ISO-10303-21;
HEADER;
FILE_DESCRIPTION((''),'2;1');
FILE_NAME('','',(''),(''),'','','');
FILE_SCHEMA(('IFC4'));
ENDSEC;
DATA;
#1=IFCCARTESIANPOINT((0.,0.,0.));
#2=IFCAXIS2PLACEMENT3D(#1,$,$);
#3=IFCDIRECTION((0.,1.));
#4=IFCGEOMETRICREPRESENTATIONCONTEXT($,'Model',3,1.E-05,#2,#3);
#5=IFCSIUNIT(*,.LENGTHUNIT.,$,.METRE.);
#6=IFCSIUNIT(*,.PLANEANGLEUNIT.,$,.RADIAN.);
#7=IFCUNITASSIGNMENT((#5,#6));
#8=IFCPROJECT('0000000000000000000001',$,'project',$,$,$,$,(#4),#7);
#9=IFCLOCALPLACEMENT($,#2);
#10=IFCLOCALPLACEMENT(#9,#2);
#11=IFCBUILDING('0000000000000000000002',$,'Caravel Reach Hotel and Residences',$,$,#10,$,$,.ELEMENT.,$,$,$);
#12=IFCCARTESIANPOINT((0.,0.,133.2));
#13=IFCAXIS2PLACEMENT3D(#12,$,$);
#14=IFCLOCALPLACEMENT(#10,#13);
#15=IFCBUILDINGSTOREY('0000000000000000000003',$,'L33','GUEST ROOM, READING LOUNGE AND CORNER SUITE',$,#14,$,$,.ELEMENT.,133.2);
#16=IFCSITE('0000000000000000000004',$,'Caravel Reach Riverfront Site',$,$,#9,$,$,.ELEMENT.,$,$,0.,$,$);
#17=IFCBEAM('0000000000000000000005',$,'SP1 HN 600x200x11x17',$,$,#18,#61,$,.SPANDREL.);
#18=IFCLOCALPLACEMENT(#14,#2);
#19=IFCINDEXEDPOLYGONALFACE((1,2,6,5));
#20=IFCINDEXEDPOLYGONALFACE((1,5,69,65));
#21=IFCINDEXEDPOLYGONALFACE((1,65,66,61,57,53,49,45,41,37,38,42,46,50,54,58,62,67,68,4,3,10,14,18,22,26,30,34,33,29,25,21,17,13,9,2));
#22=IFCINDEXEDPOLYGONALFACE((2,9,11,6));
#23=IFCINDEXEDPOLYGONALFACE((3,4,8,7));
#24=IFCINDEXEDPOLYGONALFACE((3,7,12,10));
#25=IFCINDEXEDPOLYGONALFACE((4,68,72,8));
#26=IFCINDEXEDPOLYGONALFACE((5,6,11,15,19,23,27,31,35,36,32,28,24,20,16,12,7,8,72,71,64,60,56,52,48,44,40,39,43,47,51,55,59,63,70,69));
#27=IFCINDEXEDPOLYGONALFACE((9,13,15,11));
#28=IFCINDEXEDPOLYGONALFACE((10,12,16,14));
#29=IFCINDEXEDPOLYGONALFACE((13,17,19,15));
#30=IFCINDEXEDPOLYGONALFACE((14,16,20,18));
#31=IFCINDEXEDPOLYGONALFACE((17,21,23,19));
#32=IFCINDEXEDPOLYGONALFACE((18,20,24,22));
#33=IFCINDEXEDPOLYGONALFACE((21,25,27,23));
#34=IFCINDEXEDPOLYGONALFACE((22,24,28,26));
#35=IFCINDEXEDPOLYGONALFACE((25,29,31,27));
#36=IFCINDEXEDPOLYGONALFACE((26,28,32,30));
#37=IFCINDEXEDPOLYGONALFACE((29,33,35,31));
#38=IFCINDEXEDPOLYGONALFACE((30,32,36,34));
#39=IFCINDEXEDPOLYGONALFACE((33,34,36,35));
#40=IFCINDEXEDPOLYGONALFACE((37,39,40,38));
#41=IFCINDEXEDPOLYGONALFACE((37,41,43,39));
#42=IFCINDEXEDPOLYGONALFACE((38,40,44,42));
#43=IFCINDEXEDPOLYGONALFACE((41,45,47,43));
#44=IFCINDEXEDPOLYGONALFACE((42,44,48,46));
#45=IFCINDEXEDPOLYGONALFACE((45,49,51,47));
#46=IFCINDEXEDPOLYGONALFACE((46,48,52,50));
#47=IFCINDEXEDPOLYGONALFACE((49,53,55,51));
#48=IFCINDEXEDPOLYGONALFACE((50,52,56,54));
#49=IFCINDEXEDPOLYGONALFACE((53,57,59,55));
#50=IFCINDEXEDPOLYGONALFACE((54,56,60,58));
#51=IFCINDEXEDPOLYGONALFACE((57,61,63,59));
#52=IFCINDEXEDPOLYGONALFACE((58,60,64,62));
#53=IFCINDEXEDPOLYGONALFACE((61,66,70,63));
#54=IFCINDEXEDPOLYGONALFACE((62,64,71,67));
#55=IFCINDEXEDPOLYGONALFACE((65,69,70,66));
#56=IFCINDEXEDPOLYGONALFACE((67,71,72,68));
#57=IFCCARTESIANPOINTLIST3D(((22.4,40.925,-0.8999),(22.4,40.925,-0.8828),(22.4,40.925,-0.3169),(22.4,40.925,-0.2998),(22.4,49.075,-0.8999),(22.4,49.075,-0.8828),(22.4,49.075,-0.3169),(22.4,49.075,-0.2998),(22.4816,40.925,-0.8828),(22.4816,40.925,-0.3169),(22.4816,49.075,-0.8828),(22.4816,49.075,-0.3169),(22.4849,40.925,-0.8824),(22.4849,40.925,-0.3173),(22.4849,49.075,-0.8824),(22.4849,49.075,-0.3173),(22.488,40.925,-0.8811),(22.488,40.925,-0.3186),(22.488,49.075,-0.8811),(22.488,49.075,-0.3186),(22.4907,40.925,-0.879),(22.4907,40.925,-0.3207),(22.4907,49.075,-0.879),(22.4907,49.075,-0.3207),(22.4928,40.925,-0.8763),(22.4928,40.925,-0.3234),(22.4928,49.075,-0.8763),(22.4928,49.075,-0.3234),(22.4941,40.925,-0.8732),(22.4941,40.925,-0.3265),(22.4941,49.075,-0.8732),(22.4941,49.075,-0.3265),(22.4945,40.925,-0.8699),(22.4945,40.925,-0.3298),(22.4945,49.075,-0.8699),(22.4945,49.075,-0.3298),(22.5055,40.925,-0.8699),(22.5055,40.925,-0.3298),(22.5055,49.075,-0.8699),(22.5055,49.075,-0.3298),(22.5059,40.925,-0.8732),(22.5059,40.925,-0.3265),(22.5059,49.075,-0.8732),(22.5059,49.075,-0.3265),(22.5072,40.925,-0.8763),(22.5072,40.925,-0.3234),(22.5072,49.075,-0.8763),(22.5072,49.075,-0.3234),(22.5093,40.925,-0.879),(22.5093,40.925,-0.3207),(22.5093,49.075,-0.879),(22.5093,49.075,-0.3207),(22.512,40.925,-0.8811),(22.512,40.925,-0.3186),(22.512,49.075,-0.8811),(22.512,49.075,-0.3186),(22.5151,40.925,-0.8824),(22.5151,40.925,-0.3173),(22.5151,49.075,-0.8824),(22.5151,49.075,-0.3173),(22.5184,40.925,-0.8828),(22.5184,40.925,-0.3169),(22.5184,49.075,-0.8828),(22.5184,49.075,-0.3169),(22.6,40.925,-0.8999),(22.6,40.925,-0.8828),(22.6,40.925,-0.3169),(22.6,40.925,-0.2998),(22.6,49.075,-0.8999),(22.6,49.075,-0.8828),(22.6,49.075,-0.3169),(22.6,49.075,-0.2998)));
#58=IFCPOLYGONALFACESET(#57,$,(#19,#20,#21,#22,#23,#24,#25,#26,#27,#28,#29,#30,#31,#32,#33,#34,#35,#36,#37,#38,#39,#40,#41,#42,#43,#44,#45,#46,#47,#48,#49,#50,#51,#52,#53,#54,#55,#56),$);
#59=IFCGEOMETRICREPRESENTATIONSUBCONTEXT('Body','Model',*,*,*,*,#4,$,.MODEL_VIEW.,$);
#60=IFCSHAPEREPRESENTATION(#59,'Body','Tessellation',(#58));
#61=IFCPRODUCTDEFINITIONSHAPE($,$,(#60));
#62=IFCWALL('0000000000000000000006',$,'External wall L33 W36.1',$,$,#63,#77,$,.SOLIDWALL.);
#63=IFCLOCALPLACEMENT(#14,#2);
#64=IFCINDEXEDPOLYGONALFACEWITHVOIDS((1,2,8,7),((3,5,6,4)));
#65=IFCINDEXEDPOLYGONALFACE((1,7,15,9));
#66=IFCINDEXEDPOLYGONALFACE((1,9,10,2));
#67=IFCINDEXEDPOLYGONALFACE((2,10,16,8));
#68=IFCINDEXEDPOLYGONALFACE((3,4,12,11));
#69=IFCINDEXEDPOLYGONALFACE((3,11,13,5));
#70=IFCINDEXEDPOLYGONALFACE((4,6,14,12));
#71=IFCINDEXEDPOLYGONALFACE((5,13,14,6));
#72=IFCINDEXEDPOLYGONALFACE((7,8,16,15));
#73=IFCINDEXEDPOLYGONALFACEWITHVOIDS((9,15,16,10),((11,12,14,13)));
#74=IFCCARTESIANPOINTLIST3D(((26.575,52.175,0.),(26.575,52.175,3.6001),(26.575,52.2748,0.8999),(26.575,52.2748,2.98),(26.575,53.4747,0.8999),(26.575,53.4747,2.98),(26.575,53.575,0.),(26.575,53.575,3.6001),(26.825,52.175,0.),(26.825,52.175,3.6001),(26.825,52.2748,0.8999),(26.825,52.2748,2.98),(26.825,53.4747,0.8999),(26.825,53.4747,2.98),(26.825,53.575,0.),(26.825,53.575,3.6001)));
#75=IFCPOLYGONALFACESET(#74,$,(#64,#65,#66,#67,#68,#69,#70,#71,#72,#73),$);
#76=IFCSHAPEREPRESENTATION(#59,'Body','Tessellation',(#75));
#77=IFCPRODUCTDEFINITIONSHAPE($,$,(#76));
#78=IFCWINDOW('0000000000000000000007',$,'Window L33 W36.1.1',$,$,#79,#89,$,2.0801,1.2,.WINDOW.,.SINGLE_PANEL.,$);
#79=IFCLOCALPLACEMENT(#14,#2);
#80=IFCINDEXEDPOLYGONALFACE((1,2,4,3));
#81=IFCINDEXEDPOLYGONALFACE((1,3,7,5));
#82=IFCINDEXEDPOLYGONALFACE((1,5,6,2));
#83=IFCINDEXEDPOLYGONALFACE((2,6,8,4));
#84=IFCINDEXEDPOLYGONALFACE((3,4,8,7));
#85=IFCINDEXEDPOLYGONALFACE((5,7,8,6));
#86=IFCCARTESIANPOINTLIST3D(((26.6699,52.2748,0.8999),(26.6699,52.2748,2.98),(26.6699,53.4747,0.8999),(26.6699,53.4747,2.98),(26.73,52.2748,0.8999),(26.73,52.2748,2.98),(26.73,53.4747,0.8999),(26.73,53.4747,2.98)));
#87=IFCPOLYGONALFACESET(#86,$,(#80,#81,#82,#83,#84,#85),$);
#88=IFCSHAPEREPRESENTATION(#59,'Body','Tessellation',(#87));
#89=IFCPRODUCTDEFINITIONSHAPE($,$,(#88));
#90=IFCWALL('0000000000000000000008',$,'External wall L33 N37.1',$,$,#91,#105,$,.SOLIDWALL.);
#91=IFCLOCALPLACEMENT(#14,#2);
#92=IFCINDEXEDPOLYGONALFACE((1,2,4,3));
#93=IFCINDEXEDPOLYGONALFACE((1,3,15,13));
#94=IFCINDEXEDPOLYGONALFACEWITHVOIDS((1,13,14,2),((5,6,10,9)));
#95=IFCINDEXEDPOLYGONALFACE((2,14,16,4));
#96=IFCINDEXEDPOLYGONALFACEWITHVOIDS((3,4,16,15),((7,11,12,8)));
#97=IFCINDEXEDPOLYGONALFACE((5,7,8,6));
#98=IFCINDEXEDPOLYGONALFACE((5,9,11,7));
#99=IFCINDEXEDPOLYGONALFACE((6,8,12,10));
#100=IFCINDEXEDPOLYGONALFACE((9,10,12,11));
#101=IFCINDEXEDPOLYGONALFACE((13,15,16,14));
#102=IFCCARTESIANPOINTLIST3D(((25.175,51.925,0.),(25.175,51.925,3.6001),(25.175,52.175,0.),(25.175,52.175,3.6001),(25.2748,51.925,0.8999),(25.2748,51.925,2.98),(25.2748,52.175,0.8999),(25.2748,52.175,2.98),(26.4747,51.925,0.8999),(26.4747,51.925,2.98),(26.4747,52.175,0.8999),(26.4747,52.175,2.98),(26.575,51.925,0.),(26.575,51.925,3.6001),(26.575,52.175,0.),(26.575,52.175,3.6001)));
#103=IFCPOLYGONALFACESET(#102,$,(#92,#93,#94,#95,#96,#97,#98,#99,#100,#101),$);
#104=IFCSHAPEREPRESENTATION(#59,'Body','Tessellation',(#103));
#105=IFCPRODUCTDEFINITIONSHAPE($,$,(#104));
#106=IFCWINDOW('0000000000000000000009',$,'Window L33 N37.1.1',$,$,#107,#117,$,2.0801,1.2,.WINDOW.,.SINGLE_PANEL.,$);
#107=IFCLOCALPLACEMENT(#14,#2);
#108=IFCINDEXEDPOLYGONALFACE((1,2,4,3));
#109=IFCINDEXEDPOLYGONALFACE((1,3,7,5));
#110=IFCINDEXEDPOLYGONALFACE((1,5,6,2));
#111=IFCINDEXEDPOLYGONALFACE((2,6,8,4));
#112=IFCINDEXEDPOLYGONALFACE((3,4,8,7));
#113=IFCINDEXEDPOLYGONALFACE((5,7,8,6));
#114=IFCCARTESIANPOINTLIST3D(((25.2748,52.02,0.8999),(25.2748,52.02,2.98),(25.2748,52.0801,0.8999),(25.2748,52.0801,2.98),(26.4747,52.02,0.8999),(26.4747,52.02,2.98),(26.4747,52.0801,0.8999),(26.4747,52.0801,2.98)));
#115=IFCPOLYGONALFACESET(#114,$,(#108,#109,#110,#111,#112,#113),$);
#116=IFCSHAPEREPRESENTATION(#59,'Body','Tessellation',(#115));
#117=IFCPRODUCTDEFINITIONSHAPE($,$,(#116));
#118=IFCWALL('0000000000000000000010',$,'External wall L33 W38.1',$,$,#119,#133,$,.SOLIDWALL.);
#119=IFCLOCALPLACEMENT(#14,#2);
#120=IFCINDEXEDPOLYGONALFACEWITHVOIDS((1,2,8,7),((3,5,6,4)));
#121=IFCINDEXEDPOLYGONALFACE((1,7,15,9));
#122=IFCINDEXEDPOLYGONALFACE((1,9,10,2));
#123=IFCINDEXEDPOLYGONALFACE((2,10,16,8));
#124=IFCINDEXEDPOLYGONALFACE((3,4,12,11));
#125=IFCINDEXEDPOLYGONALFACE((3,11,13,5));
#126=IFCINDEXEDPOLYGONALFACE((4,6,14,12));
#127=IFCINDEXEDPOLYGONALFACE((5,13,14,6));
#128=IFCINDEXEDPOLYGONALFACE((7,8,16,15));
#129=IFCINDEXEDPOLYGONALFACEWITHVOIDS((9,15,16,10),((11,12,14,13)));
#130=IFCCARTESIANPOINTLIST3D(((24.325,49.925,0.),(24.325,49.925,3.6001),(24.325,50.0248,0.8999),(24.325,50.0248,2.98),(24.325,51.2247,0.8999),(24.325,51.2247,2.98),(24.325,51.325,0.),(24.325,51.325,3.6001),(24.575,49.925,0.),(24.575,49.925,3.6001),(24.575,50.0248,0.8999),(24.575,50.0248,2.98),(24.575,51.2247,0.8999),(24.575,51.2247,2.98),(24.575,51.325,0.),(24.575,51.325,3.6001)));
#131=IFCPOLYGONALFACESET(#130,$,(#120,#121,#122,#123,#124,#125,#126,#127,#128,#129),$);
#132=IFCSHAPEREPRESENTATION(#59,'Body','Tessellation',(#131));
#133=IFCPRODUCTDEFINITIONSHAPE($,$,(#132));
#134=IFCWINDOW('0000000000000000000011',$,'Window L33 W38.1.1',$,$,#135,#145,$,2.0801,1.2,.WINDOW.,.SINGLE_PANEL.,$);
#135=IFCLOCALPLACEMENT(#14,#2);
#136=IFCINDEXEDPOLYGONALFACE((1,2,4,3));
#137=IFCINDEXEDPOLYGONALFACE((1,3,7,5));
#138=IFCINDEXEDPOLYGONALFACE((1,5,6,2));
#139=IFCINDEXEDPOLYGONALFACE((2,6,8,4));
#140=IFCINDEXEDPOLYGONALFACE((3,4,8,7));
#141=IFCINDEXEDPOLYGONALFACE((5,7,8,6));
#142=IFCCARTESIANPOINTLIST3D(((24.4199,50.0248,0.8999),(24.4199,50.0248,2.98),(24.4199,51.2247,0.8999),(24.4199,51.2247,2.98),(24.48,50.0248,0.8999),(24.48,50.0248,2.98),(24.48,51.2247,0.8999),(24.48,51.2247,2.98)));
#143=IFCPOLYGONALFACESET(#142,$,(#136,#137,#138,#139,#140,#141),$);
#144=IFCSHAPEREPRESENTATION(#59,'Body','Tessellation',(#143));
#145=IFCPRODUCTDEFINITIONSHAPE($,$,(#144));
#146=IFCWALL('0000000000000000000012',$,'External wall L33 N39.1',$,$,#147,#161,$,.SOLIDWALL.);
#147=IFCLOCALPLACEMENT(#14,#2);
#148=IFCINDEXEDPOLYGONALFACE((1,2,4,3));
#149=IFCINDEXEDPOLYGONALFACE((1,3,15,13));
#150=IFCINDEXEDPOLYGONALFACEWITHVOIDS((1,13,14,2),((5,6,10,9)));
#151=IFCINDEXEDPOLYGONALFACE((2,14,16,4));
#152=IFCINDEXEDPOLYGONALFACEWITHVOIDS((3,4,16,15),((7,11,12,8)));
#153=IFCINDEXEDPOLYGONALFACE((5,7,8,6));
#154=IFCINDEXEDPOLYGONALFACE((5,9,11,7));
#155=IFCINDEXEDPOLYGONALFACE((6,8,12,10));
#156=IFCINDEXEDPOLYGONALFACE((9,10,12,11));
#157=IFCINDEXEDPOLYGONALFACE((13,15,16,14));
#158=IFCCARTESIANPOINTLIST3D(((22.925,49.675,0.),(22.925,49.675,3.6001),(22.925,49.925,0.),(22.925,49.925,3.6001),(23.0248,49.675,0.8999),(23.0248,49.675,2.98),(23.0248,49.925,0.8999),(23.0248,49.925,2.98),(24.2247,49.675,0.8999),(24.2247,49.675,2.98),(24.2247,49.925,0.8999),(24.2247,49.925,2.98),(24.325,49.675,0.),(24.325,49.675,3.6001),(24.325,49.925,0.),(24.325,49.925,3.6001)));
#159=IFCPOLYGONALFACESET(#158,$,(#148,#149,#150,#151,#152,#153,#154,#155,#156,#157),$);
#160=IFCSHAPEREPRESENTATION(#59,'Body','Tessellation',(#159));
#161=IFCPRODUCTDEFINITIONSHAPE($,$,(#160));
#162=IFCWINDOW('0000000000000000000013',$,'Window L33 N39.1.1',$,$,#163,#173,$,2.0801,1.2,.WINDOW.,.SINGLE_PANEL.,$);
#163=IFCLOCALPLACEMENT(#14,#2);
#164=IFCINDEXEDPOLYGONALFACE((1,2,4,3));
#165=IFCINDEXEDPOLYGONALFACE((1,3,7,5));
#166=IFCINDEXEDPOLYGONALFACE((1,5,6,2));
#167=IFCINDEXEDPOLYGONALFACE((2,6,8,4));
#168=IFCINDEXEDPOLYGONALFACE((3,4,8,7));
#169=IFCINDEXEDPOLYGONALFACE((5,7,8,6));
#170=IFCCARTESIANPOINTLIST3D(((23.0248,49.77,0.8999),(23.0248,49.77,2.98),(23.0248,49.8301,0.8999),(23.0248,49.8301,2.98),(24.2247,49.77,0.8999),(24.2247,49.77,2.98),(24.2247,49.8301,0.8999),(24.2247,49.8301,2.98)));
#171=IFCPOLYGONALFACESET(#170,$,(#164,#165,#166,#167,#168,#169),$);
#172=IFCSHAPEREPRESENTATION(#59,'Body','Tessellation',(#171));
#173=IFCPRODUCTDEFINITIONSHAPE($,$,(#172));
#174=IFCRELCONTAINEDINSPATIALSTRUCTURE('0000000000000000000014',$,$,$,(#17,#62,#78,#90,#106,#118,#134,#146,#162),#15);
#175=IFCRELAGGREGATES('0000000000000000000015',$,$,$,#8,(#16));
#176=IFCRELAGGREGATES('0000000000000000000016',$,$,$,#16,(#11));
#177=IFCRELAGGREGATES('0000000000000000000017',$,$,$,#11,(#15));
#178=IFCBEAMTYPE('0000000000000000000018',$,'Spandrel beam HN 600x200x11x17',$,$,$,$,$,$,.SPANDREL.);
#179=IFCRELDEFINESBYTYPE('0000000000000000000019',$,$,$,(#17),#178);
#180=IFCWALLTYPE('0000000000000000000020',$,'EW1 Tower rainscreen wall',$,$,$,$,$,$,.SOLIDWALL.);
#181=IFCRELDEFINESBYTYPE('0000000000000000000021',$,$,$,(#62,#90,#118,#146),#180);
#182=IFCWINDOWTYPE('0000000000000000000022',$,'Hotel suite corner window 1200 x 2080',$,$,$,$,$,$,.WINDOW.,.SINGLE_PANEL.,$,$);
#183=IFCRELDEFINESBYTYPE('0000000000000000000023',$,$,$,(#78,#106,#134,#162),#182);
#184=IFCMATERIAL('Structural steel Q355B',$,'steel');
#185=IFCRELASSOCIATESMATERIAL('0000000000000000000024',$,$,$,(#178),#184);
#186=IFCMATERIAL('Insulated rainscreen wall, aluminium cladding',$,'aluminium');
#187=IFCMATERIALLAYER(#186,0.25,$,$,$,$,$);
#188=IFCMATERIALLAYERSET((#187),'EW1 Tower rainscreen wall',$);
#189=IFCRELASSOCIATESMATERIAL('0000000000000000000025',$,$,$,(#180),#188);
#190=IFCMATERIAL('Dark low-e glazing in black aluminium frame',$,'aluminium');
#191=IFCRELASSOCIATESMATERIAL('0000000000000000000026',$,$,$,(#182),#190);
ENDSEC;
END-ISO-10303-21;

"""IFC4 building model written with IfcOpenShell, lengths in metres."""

from ifc_helpers import new_model, si_unit, direction, frame, frame_2d, origin, origin_2d, place, context, subcontext, project, spatial, rectangle, i_section, extrude, material, layer, layer_set, material_profile, profile_set, type_object, element, fill, save


model = new_model("IFC4")

# Units and contexts
model_context = context("Model", 3, precision=1e-05, world=origin(), true_north=direction((0.0, 1.0)))
body_context = subcontext(model_context, "Body", "Model", "MODEL_VIEW")
ifc_project = project(units=[si_unit("LENGTHUNIT", "METRE"), si_unit("PLANEANGLEUNIT", "RADIAN")], contexts=[model_context])

# Site, building, storey
site_placement = place(None, origin())
site = spatial("IfcSite", under=ifc_project, at=site_placement, Name="Caravel Reach Riverfront Site", CompositionType="ELEMENT", RefElevation=0.0)
building_placement = place(site_placement, origin())
building = spatial("IfcBuilding", under=site, at=building_placement, Name="Caravel Reach Hotel and Residences", CompositionType="ELEMENT")
storey_placement = place(building_placement, frame((0.0, 0.0, 133.2)))
storey = spatial("IfcBuildingStorey", under=building, at=storey_placement, Name="L33", Description="GUEST ROOM, READING LOUNGE AND CORNER SUITE", CompositionType="ELEMENT", Elevation=133.2)

# Beam
ifc_material_1 = material(Name="Structural steel Q355B", Category="steel")
ifc_material_profile_1 = material_profile(ifc_material_1, i_section(OverallWidth=0.2, OverallDepth=0.6001, WebThickness=0.011, FlangeThickness=0.0171, FilletRadius=0.0129, at=origin_2d()), Name="HN 600x200x11x17")
ifc_profile_set_1 = profile_set([ifc_material_profile_1], Name="Structural steel Q355B")
beam_type_1 = type_object("IfcBeamType", Name="Spandrel beam HN 600x200x11x17", PredefinedType="SPANDREL", material=ifc_profile_set_1)
beam_1_placement = place(storey_placement, frame((22.5, 49.075, -0.5999), z_axis=(0.0, -1.0, 0.0), x_axis=(1.0, 0.0, 0.0)))
element("IfcBeam", 1, at=beam_1_placement, inside=storey, type_object=beam_type_1, Name="SP1 HN 600x200x11x17", PredefinedType="SPANDREL", context=body_context, shape_type="SweptSolid", body=[
    extrude(i_section(OverallWidth=0.2, OverallDepth=0.6001, WebThickness=0.011, FlangeThickness=0.0171, FilletRadius=0.0129, at=origin_2d()), origin(), (0.0, 0.0, 1.0), 8.1499),
])

# Walls, openings, windows
ifc_material_2 = material(Name="Insulated rainscreen wall, aluminium cladding", Category="aluminium")
ifc_layer_1 = layer(ifc_material_2, 0.25)
ifc_layer_set_1 = layer_set([ifc_layer_1], Name="EW1 Tower rainscreen wall")
wall_type_1 = type_object("IfcWallType", Name="EW1 Tower rainscreen wall", PredefinedType="SOLIDWALL", material=ifc_layer_set_1)
wall_1_placement = place(storey_placement, frame((26.7, 53.575, 0.0), z_axis=(0.0, 0.0, 1.0), x_axis=(0.0, -1.0, 0.0)))
wall_1 = element("IfcWall", 2, at=wall_1_placement, inside=storey, type_object=wall_type_1, Name="External wall L33 W36.1", PredefinedType="SOLIDWALL", context=body_context, shape_type="SweptSolid", body=[
    extrude(rectangle(XDim=1.3999, YDim=0.25, at=frame_2d((0.7, 0.0))), origin(), (0.0, 0.0, 1.0), 3.6001),
])
opening_1_placement = place(wall_1_placement, frame((0.1001, 0.0, 0.8999)))
opening_1 = element("IfcOpeningElement", 3, at=opening_1_placement, cuts=wall_1, PredefinedType="OPENING", context=body_context, shape_type="SweptSolid", body=[
    extrude(rectangle(XDim=1.2, YDim=2.0801, at=frame_2d((0.6001, 1.04))), frame((0.0, 0.135, 0.0), z_axis=(0.0, -1.0, 0.0), x_axis=(1.0, 0.0, 0.0)), (0.0, 0.0, 1.0), 0.27),
])
ifc_material_3 = material(Name="Dark low-e glazing in black aluminium frame", Category="aluminium")
window_type_1 = type_object("IfcWindowType", Name="Hotel suite corner window 1200 x 2080", PartitioningType="SINGLE_PANEL", PredefinedType="WINDOW", material=ifc_material_3)
window_1_placement = place(opening_1_placement, origin())
window_1 = element("IfcWindow", 4, at=window_1_placement, inside=storey, type_object=window_type_1, Name="Window L33 W36.1.1", OverallHeight=2.0801, OverallWidth=1.2, PartitioningType="SINGLE_PANEL", PredefinedType="WINDOW", context=body_context, shape_type="SweptSolid", body=[
    extrude(rectangle(XDim=1.2, YDim=2.0801, at=frame_2d((0.6001, 1.04))), frame((0.0, 0.03, 0.0), z_axis=(0.0, -1.0, 0.0), x_axis=(1.0, 0.0, 0.0)), (0.0, 0.0, 1.0), 0.0601),
])
fill(opening_1, window_1)
wall_2_placement = place(storey_placement, frame((26.575, 52.05, 0.0), z_axis=(0.0, 0.0, 1.0), x_axis=(-1.0, 0.0, 0.0)))
wall_2 = element("IfcWall", 5, at=wall_2_placement, inside=storey, type_object=wall_type_1, Name="External wall L33 N37.1", PredefinedType="SOLIDWALL", context=body_context, shape_type="SweptSolid", body=[
    extrude(rectangle(XDim=1.3999, YDim=0.25, at=frame_2d((0.7, 0.0))), origin(), (0.0, 0.0, 1.0), 3.6001),
])
opening_2_placement = place(wall_2_placement, frame((0.1001, 0.0, 0.8999)))
opening_2 = element("IfcOpeningElement", 6, at=opening_2_placement, cuts=wall_2, PredefinedType="OPENING", context=body_context, shape_type="SweptSolid", body=[
    extrude(rectangle(XDim=1.2, YDim=2.0801, at=frame_2d((0.6001, 1.04))), frame((0.0, 0.135, 0.0), z_axis=(0.0, -1.0, 0.0), x_axis=(1.0, 0.0, 0.0)), (0.0, 0.0, 1.0), 0.27),
])
window_2_placement = place(opening_2_placement, origin())
window_2 = element("IfcWindow", 7, at=window_2_placement, inside=storey, type_object=window_type_1, Name="Window L33 N37.1.1", OverallHeight=2.0801, OverallWidth=1.2, PartitioningType="SINGLE_PANEL", PredefinedType="WINDOW", context=body_context, shape_type="SweptSolid", body=[
    extrude(rectangle(XDim=1.2, YDim=2.0801, at=frame_2d((0.6001, 1.04))), frame((0.0, 0.03, 0.0), z_axis=(0.0, -1.0, 0.0), x_axis=(1.0, 0.0, 0.0)), (0.0, 0.0, 1.0), 0.0601),
])
fill(opening_2, window_2)
wall_3_placement = place(storey_placement, frame((24.45, 51.325, 0.0), z_axis=(0.0, 0.0, 1.0), x_axis=(0.0, -1.0, 0.0)))
wall_3 = element("IfcWall", 8, at=wall_3_placement, inside=storey, type_object=wall_type_1, Name="External wall L33 W38.1", PredefinedType="SOLIDWALL", context=body_context, shape_type="SweptSolid", body=[
    extrude(rectangle(XDim=1.3999, YDim=0.25, at=frame_2d((0.7, 0.0))), origin(), (0.0, 0.0, 1.0), 3.6001),
])
opening_3_placement = place(wall_3_placement, frame((0.1001, 0.0, 0.8999)))
opening_3 = element("IfcOpeningElement", 9, at=opening_3_placement, cuts=wall_3, PredefinedType="OPENING", context=body_context, shape_type="SweptSolid", body=[
    extrude(rectangle(XDim=1.2, YDim=2.0801, at=frame_2d((0.6001, 1.04))), frame((0.0, 0.135, 0.0), z_axis=(0.0, -1.0, 0.0), x_axis=(1.0, 0.0, 0.0)), (0.0, 0.0, 1.0), 0.27),
])
window_3_placement = place(opening_3_placement, origin())
window_3 = element("IfcWindow", 10, at=window_3_placement, inside=storey, type_object=window_type_1, Name="Window L33 W38.1.1", OverallHeight=2.0801, OverallWidth=1.2, PartitioningType="SINGLE_PANEL", PredefinedType="WINDOW", context=body_context, shape_type="SweptSolid", body=[
    extrude(rectangle(XDim=1.2, YDim=2.0801, at=frame_2d((0.6001, 1.04))), frame((0.0, 0.03, 0.0), z_axis=(0.0, -1.0, 0.0), x_axis=(1.0, 0.0, 0.0)), (0.0, 0.0, 1.0), 0.0601),
])
fill(opening_3, window_3)
wall_4_placement = place(storey_placement, frame((24.325, 49.8, 0.0), z_axis=(0.0, 0.0, 1.0), x_axis=(-1.0, 0.0, 0.0)))
wall_4 = element("IfcWall", 11, at=wall_4_placement, inside=storey, type_object=wall_type_1, Name="External wall L33 N39.1", PredefinedType="SOLIDWALL", context=body_context, shape_type="SweptSolid", body=[
    extrude(rectangle(XDim=1.3999, YDim=0.25, at=frame_2d((0.7, 0.0))), origin(), (0.0, 0.0, 1.0), 3.6001),
])
opening_4_placement = place(wall_4_placement, frame((0.1001, 0.0, 0.8999)))
opening_4 = element("IfcOpeningElement", 12, at=opening_4_placement, cuts=wall_4, PredefinedType="OPENING", context=body_context, shape_type="SweptSolid", body=[
    extrude(rectangle(XDim=1.2, YDim=2.0801, at=frame_2d((0.6001, 1.04))), frame((0.0, 0.135, 0.0), z_axis=(0.0, -1.0, 0.0), x_axis=(1.0, 0.0, 0.0)), (0.0, 0.0, 1.0), 0.27),
])
window_4_placement = place(opening_4_placement, origin())
window_4 = element("IfcWindow", 13, at=window_4_placement, inside=storey, type_object=window_type_1, Name="Window L33 N39.1.1", OverallHeight=2.0801, OverallWidth=1.2, PartitioningType="SINGLE_PANEL", PredefinedType="WINDOW", context=body_context, shape_type="SweptSolid", body=[
    extrude(rectangle(XDim=1.2, YDim=2.0801, at=frame_2d((0.6001, 1.04))), frame((0.0, 0.03, 0.0), z_axis=(0.0, -1.0, 0.0), x_axis=(1.0, 0.0, 0.0)), (0.0, 0.0, 1.0), 0.0601),
])
fill(opening_4, window_4)

save(model, "model.ifc")
